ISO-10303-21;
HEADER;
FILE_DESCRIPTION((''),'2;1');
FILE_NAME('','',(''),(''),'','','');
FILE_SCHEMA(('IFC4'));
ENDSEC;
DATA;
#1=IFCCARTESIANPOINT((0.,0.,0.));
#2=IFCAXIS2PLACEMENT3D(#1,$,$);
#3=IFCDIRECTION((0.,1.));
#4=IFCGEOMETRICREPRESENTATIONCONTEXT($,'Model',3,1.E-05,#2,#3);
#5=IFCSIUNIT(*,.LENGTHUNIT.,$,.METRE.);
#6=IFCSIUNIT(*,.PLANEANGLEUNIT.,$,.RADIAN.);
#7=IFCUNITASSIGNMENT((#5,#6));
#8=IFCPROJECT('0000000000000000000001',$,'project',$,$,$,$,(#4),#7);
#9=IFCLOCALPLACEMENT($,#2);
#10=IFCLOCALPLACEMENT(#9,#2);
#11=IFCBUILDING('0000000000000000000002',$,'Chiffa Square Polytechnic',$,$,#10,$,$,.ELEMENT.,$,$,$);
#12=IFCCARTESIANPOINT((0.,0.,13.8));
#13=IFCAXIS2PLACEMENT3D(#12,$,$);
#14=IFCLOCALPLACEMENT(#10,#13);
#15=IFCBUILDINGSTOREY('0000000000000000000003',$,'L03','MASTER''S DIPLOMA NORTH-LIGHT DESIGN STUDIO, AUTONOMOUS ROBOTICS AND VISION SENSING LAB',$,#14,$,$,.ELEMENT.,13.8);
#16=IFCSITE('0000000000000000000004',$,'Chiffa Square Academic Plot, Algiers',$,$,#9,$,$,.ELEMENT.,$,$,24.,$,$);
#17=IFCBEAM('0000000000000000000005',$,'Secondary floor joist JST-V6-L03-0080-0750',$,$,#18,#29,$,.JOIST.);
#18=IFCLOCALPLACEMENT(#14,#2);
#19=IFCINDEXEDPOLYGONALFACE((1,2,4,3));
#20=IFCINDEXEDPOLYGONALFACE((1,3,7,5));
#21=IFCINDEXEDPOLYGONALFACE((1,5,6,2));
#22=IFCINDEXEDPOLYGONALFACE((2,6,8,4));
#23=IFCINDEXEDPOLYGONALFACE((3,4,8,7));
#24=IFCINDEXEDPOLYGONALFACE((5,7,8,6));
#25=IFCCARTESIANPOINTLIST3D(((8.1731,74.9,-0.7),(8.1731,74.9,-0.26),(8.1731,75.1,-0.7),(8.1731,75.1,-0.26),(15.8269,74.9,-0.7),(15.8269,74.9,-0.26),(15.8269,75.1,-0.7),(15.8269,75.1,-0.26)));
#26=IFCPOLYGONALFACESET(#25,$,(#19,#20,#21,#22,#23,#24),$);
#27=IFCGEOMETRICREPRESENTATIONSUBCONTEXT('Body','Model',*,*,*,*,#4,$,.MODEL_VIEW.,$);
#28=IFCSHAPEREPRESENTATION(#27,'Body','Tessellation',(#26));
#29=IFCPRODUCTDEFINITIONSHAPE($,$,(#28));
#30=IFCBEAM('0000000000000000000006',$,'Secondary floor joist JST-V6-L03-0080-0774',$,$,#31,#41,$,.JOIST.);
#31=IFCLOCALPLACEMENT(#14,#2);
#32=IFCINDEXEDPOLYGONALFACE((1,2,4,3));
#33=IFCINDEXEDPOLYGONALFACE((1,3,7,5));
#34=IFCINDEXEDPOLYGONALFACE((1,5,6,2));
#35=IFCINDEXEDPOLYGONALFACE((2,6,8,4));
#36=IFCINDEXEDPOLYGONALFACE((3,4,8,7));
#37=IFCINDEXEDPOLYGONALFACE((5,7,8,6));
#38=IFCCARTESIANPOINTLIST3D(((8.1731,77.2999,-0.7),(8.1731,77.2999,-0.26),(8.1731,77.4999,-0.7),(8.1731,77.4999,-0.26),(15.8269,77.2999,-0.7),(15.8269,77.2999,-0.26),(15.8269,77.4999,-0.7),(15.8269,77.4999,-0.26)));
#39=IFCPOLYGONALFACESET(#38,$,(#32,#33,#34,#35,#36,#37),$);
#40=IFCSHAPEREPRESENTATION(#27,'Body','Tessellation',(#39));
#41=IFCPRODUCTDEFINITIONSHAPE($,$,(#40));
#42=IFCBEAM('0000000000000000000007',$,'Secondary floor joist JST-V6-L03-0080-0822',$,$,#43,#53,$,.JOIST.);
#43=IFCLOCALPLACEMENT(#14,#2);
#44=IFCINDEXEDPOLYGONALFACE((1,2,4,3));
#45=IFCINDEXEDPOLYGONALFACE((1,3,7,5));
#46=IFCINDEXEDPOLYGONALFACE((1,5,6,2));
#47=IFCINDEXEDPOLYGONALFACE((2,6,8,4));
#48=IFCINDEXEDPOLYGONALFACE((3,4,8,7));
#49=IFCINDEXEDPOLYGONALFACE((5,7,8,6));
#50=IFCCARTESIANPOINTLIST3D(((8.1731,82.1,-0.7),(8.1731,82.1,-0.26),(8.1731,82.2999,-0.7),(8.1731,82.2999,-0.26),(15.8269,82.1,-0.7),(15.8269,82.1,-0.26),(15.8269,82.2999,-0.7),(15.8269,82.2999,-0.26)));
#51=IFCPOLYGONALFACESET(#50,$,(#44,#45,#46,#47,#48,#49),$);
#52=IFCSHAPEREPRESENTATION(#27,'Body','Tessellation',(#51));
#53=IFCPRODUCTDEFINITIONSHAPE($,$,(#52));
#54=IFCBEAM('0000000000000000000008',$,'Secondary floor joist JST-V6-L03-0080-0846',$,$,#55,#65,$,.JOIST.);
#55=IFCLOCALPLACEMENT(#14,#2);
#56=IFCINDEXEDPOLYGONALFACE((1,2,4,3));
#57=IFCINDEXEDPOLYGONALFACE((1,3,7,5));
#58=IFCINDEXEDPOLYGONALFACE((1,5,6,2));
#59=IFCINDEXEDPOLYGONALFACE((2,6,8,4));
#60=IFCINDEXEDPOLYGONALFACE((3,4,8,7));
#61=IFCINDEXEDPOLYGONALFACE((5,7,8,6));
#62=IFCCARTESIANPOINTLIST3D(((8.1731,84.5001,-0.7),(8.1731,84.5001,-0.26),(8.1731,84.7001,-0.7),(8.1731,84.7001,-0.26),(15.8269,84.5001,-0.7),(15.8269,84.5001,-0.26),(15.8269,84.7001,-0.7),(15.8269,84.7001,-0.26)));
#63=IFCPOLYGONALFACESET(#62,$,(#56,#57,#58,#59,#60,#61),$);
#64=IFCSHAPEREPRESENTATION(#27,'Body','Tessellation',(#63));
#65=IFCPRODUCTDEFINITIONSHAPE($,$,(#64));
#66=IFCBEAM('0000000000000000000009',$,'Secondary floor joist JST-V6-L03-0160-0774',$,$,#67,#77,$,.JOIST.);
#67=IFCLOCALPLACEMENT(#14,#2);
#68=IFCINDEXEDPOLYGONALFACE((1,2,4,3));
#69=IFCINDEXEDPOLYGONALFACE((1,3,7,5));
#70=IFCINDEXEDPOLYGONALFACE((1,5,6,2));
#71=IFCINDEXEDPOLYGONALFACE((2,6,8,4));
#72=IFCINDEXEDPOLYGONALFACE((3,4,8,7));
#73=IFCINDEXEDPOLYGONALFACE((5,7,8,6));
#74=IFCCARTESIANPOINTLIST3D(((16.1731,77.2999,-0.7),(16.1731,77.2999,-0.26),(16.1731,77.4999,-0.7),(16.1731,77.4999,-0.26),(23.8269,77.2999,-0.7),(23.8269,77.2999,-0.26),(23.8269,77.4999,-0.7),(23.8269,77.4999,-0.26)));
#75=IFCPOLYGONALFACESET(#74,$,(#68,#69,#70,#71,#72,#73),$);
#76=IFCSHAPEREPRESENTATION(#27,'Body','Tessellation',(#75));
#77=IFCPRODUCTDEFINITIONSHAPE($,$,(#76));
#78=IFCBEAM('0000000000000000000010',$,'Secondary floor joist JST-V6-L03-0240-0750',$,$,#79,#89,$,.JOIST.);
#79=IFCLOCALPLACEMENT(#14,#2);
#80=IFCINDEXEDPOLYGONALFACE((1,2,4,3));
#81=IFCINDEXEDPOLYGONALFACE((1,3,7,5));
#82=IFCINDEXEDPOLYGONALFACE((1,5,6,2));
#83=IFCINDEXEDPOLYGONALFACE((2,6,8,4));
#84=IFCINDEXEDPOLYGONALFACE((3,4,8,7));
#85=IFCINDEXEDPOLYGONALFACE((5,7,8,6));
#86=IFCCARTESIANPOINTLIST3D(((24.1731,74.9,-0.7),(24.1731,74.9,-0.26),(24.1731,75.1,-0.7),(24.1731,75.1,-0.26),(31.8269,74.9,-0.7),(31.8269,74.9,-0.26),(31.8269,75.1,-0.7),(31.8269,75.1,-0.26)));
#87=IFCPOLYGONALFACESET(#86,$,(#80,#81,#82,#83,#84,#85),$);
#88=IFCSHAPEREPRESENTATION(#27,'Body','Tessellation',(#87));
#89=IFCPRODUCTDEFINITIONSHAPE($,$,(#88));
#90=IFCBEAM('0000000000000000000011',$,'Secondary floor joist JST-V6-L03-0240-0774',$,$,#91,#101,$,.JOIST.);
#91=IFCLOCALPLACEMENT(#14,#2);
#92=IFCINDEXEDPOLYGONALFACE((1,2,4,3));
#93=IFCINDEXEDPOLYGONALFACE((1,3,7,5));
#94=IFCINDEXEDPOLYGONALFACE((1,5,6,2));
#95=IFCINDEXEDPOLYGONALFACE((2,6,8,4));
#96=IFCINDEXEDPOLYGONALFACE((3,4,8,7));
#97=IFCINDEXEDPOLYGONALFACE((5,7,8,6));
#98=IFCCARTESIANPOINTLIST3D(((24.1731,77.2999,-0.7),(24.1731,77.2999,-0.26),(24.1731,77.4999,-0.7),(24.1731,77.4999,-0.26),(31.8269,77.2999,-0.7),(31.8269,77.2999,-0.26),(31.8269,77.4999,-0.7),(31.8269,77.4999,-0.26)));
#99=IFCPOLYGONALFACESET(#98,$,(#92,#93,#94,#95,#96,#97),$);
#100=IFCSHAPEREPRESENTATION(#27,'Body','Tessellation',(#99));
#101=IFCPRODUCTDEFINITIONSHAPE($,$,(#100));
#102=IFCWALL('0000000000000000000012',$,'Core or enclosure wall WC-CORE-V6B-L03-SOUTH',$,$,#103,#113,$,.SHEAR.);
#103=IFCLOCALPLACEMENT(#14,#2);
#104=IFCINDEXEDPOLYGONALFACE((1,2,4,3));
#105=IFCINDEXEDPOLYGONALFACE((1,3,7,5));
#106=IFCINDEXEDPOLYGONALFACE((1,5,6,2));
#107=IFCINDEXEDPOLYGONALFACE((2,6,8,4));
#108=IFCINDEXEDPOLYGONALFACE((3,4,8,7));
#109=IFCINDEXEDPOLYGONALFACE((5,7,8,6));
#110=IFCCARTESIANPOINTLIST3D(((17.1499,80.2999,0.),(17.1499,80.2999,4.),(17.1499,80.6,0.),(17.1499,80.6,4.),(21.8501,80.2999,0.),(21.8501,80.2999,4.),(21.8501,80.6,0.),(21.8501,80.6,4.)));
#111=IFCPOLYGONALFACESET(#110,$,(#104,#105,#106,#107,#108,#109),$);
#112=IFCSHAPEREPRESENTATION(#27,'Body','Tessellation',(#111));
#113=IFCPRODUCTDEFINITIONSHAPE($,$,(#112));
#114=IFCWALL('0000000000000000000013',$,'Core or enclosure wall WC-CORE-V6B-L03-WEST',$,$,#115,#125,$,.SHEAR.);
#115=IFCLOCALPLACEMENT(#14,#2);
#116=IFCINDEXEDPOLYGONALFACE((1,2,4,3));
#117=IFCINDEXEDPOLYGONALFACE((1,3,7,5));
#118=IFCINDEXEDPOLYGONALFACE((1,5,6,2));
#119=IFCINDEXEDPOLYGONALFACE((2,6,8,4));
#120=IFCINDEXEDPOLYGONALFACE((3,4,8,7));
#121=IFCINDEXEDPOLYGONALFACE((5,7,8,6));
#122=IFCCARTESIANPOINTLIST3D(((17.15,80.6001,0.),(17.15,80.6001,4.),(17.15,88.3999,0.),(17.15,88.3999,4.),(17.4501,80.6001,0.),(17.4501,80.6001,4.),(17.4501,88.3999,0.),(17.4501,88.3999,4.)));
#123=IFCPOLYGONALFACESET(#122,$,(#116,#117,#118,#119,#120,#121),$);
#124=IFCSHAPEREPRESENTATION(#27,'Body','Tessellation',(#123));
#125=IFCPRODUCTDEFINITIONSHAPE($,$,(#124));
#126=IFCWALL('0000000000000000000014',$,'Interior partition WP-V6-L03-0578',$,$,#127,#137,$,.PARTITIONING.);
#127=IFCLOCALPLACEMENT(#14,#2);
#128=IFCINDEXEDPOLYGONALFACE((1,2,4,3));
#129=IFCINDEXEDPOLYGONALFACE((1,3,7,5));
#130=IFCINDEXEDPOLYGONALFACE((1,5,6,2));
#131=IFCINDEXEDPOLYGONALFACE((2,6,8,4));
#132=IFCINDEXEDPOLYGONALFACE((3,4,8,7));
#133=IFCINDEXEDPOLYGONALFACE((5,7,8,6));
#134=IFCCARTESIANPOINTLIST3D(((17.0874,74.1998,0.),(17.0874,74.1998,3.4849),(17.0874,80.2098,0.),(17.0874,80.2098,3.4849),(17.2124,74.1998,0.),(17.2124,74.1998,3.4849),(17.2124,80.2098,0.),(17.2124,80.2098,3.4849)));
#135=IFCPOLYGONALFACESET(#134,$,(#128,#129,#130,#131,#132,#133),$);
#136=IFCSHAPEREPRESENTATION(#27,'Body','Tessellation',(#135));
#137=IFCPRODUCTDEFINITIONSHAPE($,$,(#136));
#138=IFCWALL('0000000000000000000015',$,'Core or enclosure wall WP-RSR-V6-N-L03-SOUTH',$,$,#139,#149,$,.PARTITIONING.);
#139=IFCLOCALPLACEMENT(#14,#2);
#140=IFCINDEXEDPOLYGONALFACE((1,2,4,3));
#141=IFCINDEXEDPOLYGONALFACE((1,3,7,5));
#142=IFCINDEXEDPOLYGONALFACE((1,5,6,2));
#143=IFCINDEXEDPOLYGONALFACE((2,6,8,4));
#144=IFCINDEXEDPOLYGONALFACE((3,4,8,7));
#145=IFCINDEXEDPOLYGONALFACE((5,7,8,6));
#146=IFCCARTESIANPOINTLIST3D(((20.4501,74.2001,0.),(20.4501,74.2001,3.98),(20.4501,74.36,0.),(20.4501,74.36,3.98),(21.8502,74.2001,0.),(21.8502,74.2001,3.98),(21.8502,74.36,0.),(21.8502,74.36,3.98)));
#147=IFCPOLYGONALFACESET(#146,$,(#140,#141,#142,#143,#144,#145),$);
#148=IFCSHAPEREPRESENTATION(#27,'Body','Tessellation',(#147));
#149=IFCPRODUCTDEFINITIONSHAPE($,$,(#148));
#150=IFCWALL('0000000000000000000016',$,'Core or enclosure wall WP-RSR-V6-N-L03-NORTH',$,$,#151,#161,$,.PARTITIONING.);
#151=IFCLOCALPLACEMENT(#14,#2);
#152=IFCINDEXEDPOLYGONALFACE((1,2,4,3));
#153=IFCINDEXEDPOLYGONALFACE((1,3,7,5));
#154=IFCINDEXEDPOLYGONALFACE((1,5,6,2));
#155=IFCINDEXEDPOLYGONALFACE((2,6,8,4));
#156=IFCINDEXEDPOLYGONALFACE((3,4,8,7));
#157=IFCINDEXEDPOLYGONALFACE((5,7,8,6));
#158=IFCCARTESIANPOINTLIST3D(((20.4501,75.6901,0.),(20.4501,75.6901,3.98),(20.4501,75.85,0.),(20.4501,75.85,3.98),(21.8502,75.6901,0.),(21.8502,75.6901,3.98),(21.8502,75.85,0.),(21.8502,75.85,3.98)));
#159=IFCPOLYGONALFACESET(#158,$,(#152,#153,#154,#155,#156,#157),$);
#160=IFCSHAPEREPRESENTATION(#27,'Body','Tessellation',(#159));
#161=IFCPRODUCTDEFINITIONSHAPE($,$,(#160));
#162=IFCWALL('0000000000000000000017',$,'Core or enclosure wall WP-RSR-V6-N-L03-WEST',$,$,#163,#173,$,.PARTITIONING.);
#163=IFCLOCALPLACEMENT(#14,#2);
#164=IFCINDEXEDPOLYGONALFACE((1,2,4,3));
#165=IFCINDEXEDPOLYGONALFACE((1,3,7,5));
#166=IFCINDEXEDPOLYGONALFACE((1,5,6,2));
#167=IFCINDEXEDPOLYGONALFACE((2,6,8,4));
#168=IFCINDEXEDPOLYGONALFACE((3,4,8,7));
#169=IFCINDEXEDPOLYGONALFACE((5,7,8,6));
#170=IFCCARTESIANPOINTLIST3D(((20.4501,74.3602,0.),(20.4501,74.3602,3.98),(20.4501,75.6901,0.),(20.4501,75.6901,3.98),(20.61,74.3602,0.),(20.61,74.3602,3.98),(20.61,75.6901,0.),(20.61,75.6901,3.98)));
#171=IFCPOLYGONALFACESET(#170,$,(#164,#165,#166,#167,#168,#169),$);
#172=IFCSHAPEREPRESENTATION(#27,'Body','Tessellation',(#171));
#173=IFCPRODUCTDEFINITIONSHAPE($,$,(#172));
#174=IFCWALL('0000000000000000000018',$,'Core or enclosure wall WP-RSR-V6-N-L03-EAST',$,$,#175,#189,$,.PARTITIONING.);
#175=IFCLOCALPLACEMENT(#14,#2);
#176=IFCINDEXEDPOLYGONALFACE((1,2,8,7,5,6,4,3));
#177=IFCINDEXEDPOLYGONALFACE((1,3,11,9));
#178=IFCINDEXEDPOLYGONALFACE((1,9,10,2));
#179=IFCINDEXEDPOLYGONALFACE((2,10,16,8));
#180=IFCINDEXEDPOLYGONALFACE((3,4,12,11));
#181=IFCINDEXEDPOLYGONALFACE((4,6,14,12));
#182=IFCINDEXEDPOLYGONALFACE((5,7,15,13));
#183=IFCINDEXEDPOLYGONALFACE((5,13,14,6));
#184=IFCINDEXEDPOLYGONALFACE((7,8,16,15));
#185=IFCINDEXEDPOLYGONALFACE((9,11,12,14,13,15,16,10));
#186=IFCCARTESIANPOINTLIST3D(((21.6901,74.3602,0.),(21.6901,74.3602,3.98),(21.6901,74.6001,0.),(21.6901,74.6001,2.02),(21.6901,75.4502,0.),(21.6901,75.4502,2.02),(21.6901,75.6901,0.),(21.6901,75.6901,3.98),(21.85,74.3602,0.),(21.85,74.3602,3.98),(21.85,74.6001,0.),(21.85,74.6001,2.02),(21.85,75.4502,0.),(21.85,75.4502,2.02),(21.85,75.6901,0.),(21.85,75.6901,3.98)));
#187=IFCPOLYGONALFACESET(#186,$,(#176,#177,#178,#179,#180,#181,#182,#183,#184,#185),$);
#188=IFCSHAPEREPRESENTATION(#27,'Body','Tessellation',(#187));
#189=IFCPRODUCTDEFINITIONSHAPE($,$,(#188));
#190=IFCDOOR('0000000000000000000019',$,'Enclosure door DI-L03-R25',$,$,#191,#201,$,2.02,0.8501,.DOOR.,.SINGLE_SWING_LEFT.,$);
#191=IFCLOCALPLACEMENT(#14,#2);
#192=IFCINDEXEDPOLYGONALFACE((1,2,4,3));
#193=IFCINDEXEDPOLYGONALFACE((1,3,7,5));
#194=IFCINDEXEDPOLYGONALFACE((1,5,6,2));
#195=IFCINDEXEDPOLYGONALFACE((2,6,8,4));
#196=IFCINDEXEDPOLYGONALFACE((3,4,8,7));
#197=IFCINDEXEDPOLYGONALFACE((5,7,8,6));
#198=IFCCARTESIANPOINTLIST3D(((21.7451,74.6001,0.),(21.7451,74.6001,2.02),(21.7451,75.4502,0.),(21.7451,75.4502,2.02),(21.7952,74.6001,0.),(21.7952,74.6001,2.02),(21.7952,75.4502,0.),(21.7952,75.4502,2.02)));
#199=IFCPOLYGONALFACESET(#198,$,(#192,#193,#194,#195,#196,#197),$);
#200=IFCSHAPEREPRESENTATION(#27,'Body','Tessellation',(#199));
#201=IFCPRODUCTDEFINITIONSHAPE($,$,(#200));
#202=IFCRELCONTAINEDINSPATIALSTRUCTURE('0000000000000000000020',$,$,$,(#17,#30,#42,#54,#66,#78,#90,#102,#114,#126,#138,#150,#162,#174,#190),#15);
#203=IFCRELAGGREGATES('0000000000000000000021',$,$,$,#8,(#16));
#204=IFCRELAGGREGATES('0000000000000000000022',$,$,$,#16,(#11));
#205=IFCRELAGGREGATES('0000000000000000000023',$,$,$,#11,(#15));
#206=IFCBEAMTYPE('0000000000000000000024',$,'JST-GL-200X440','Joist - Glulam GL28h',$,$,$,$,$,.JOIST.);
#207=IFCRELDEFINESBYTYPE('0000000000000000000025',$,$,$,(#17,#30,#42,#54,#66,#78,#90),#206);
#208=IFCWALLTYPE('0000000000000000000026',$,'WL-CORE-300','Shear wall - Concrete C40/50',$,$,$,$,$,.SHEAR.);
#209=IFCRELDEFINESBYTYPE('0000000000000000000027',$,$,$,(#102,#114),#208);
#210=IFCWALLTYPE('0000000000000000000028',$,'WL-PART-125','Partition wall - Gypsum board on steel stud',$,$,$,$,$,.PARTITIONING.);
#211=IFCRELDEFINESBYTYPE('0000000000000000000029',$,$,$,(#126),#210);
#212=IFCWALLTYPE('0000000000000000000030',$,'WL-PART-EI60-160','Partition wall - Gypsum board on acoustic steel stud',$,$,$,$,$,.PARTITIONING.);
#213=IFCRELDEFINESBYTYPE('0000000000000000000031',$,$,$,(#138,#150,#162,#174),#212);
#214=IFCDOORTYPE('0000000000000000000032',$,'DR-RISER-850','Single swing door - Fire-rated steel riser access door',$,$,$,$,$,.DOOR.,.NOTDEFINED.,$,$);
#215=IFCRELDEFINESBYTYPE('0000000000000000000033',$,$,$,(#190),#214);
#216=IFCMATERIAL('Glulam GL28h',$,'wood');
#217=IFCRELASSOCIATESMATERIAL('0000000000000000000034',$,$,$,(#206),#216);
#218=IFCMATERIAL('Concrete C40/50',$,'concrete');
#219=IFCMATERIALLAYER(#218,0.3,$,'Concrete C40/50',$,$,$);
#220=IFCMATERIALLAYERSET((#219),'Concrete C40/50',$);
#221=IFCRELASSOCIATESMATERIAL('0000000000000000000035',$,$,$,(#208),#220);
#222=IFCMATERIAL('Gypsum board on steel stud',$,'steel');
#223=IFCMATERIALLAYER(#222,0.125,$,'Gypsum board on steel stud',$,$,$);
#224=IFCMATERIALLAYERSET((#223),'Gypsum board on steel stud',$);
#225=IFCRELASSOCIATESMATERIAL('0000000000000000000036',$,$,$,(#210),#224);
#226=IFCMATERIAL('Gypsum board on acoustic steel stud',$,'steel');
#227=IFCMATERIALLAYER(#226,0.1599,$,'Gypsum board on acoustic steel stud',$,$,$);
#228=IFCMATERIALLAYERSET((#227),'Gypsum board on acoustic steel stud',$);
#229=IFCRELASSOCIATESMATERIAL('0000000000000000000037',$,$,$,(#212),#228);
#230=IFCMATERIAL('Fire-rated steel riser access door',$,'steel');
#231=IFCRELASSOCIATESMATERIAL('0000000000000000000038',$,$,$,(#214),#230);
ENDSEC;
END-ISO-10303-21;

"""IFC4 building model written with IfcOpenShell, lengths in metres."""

from ifc_helpers import new_model, si_unit, direction, frame, frame_2d, origin, origin_2d, place, context, subcontext, project, spatial, rectangle, extrude, material, layer, layer_set, material_profile, profile_set, type_object, element, fill, save


model = new_model("IFC4")

# Units and contexts
model_context = context("Model", 3, precision=1e-05, world=origin(), true_north=direction((0.0, 1.0)))
body_context = subcontext(model_context, "Body", "Model", "MODEL_VIEW")
ifc_project = project(units=[si_unit("LENGTHUNIT", "METRE"), si_unit("PLANEANGLEUNIT", "RADIAN")], contexts=[model_context])

# Site, building, storey
site_placement = place(None, origin())
site = spatial("IfcSite", under=ifc_project, at=site_placement, Name="Chiffa Square Academic Plot, Algiers", CompositionType="ELEMENT", RefElevation=24.0)
building_placement = place(site_placement, origin())
building = spatial("IfcBuilding", under=site, at=building_placement, Name="Chiffa Square Polytechnic", CompositionType="ELEMENT")
storey_placement = place(building_placement, frame((0.0, 0.0, 13.8)))
storey = spatial("IfcBuildingStorey", under=building, at=storey_placement, Name="L03", Description="MASTER'S DIPLOMA NORTH-LIGHT DESIGN STUDIO, AUTONOMOUS ROBOTICS AND VISION SENSING LAB", CompositionType="ELEMENT", Elevation=13.8)

# Beams
ifc_material_1 = material(Name="Glulam GL28h", Category="wood")
ifc_material_profile_1 = material_profile(ifc_material_1, rectangle(XDim=0.2, YDim=0.4399, at=origin_2d()), Name="GL28h 200x440")
ifc_profile_set_1 = profile_set([ifc_material_profile_1], Name="Glulam GL28h")
beam_type_1 = type_object("IfcBeamType", Name="JST-GL-200X440", Description="Joist - Glulam GL28h", PredefinedType="JOIST", material=ifc_profile_set_1)
for number, where, z_axis, x_axis, name in (
    (1, (8.1731, 75.0, -0.48), (1.0, 0.0, 0.0), (0.0, 1.0, 0.0), "Secondary floor joist JST-V6-L03-0080-0750"),
    (2, (8.1731, 77.3999, -0.48), (1.0, 0.0, 0.0), (0.0, 1.0, 0.0), "Secondary floor joist JST-V6-L03-0080-0774"),
    (3, (8.1731, 82.2, -0.48), (1.0, 0.0, 0.0), (0.0, 1.0, 0.0), "Secondary floor joist JST-V6-L03-0080-0822"),
    (4, (8.1731, 84.6001, -0.48), (1.0, 0.0, 0.0), (0.0, 1.0, 0.0), "Secondary floor joist JST-V6-L03-0080-0846"),
    (5, (16.1731, 77.3999, -0.48), (1.0, 0.0, 0.0), (0.0, 1.0, 0.0), "Secondary floor joist JST-V6-L03-0160-0774"),
    (6, (24.1731, 75.0, -0.48), (1.0, 0.0, 0.0), (0.0, 1.0, 0.0), "Secondary floor joist JST-V6-L03-0240-0750"),
    (7, (24.1731, 77.3999, -0.48), (1.0, 0.0, 0.0), (0.0, 1.0, 0.0), "Secondary floor joist JST-V6-L03-0240-0774"),
):
    element("IfcBeam", number, at=place(storey_placement, frame(where, z_axis=z_axis, x_axis=x_axis)), inside=storey, type_object=beam_type_1, Name=name, PredefinedType="JOIST", context=body_context, shape_type="SweptSolid", body=[
        extrude(rectangle(XDim=0.2, YDim=0.4399, at=origin_2d()), origin(), (0.0, 0.0, 1.0), 7.6538),
    ])

# Walls
ifc_material_2 = material(Name="Concrete C40/50", Category="concrete")
ifc_layer_1 = layer(ifc_material_2, 0.3, Name="Concrete C40/50")
ifc_layer_set_1 = layer_set([ifc_layer_1], Name="Concrete C40/50")
wall_type_1 = type_object("IfcWallType", Name="WL-CORE-300", Description="Shear wall - Concrete C40/50", PredefinedType="SHEAR", material=ifc_layer_set_1)
wall_1_placement = place(storey_placement, frame((17.1499, 80.45, 0.0), z_axis=(0.0, 0.0, 1.0), x_axis=(1.0, 0.0, 0.0)))
element("IfcWall", 8, at=wall_1_placement, inside=storey, type_object=wall_type_1, Name="Core or enclosure wall WC-CORE-V6B-L03-SOUTH", PredefinedType="SHEAR", context=body_context, shape_type="SweptSolid", body=[
    extrude(rectangle(XDim=4.7002, YDim=0.3, at=frame_2d((2.3501, 0.0))), origin(), (0.0, 0.0, 1.0), 4.0),
])
wall_2_placement = place(storey_placement, frame((17.3, 80.6001, 0.0), z_axis=(0.0, 0.0, 1.0), x_axis=(0.0, 1.0, 0.0)))
element("IfcWall", 9, at=wall_2_placement, inside=storey, type_object=wall_type_1, Name="Core or enclosure wall WC-CORE-V6B-L03-WEST", PredefinedType="SHEAR", context=body_context, shape_type="SweptSolid", body=[
    extrude(rectangle(XDim=7.7998, YDim=0.3, at=frame_2d((3.8999, 0.0))), origin(), (0.0, 0.0, 1.0), 4.0),
])

# Walls
ifc_material_3 = material(Name="Gypsum board on steel stud", Category="steel")
ifc_layer_2 = layer(ifc_material_3, 0.125, Name="Gypsum board on steel stud")
ifc_layer_set_2 = layer_set([ifc_layer_2], Name="Gypsum board on steel stud")
wall_type_2 = type_object("IfcWallType", Name="WL-PART-125", Description="Partition wall - Gypsum board on steel stud", PredefinedType="PARTITIONING", material=ifc_layer_set_2)
wall_3_placement = place(storey_placement, frame((17.1499, 74.2, 0.0), z_axis=(0.0, 0.0, 1.0), x_axis=(0.0, 1.0, 0.0)))
element("IfcWall", 10, at=wall_3_placement, inside=storey, type_object=wall_type_2, Name="Interior partition WP-V6-L03-0578", PredefinedType="PARTITIONING", context=body_context, shape_type="SweptSolid", body=[
    extrude(rectangle(XDim=6.01, YDim=0.125, at=frame_2d((3.0049, 0.0))), origin(), (0.0, 0.0, 1.0), 3.4849),
])
ifc_material_4 = material(Name="Gypsum board on acoustic steel stud", Category="steel")
ifc_layer_3 = layer(ifc_material_4, 0.1599, Name="Gypsum board on acoustic steel stud")
ifc_layer_set_3 = layer_set([ifc_layer_3], Name="Gypsum board on acoustic steel stud")
wall_type_3 = type_object("IfcWallType", Name="WL-PART-EI60-160", Description="Partition wall - Gypsum board on acoustic steel stud", PredefinedType="PARTITIONING", material=ifc_layer_set_3)
for number, where, z_axis, x_axis, name in (
    (11, (20.45, 74.28, 0.0), (0.0, 0.0, 1.0), (1.0, 0.0, 0.0), "Core or enclosure wall WP-RSR-V6-N-L03-SOUTH"),
    (12, (20.45, 75.77, 0.0), (0.0, 0.0, 1.0), (1.0, 0.0, 0.0), "Core or enclosure wall WP-RSR-V6-N-L03-NORTH"),
):
    element("IfcWall", number, at=place(storey_placement, frame(where, z_axis=z_axis, x_axis=x_axis)), inside=storey, type_object=wall_type_3, Name=name, PredefinedType="PARTITIONING", context=body_context, shape_type="SweptSolid", body=[
        extrude(rectangle(XDim=1.4001, YDim=0.1599, at=frame_2d((0.7002, 0.0))), origin(), (0.0, 0.0, 1.0), 3.98),
    ])
wall_4_placement = place(storey_placement, frame((20.53, 74.3601, 0.0), z_axis=(0.0, 0.0, 1.0), x_axis=(0.0, 1.0, 0.0)))
element("IfcWall", 13, at=wall_4_placement, inside=storey, type_object=wall_type_3, Name="Core or enclosure wall WP-RSR-V6-N-L03-WEST", PredefinedType="PARTITIONING", context=body_context, shape_type="SweptSolid", body=[
    extrude(rectangle(XDim=1.3298, YDim=0.1599, at=frame_2d((0.665, 0.0))), origin(), (0.0, 0.0, 1.0), 3.98),
])

# Wall, opening, door
wall_5_placement = place(storey_placement, frame((21.77, 74.3601, 0.0), z_axis=(0.0, 0.0, 1.0), x_axis=(0.0, 1.0, 0.0)))
wall_5 = element("IfcWall", 14, at=wall_5_placement, inside=storey, type_object=wall_type_3, Name="Core or enclosure wall WP-RSR-V6-N-L03-EAST", PredefinedType="PARTITIONING", context=body_context, shape_type="SweptSolid", body=[
    extrude(rectangle(XDim=1.3298, YDim=0.1599, at=frame_2d((0.665, 0.0))), origin(), (0.0, 0.0, 1.0), 3.98),
])
opening_1_placement = place(wall_5_placement, frame((0.24, 0.0, 0.0)))
opening_1 = element("IfcOpeningElement", 15, at=opening_1_placement, cuts=wall_5, PredefinedType="OPENING", context=body_context, shape_type="SweptSolid", body=[
    extrude(rectangle(XDim=0.8501, YDim=2.02, at=frame_2d((0.425, 1.01))), frame((0.0, 0.0898, 0.0), z_axis=(0.0, -1.0, 0.0), x_axis=(1.0, 0.0, 0.0)), (0.0, 0.0, 1.0), 0.1799),
])
ifc_material_5 = material(Name="Fire-rated steel riser access door", Category="steel")
door_type_1 = type_object("IfcDoorType", Name="DR-RISER-850", Description="Single swing door - Fire-rated steel riser access door", OperationType="NOTDEFINED", PredefinedType="DOOR", material=ifc_material_5)
door_1_placement = place(opening_1_placement, origin())
door_1 = element("IfcDoor", 16, at=door_1_placement, inside=storey, type_object=door_type_1, Name="Enclosure door DI-L03-R25", OperationType="SINGLE_SWING_LEFT", OverallHeight=2.02, OverallWidth=0.8501, PredefinedType="DOOR", context=body_context, shape_type="SweptSolid", body=[
    extrude(rectangle(XDim=0.8501, YDim=2.02, at=frame_2d((0.425, 1.01))), frame((0.0, 0.0249, 0.0), z_axis=(0.0, -1.0, 0.0), x_axis=(1.0, 0.0, 0.0)), (0.0, 0.0, 1.0), 0.05),
])
fill(opening_1, door_1)

save(model, "model.ifc")
